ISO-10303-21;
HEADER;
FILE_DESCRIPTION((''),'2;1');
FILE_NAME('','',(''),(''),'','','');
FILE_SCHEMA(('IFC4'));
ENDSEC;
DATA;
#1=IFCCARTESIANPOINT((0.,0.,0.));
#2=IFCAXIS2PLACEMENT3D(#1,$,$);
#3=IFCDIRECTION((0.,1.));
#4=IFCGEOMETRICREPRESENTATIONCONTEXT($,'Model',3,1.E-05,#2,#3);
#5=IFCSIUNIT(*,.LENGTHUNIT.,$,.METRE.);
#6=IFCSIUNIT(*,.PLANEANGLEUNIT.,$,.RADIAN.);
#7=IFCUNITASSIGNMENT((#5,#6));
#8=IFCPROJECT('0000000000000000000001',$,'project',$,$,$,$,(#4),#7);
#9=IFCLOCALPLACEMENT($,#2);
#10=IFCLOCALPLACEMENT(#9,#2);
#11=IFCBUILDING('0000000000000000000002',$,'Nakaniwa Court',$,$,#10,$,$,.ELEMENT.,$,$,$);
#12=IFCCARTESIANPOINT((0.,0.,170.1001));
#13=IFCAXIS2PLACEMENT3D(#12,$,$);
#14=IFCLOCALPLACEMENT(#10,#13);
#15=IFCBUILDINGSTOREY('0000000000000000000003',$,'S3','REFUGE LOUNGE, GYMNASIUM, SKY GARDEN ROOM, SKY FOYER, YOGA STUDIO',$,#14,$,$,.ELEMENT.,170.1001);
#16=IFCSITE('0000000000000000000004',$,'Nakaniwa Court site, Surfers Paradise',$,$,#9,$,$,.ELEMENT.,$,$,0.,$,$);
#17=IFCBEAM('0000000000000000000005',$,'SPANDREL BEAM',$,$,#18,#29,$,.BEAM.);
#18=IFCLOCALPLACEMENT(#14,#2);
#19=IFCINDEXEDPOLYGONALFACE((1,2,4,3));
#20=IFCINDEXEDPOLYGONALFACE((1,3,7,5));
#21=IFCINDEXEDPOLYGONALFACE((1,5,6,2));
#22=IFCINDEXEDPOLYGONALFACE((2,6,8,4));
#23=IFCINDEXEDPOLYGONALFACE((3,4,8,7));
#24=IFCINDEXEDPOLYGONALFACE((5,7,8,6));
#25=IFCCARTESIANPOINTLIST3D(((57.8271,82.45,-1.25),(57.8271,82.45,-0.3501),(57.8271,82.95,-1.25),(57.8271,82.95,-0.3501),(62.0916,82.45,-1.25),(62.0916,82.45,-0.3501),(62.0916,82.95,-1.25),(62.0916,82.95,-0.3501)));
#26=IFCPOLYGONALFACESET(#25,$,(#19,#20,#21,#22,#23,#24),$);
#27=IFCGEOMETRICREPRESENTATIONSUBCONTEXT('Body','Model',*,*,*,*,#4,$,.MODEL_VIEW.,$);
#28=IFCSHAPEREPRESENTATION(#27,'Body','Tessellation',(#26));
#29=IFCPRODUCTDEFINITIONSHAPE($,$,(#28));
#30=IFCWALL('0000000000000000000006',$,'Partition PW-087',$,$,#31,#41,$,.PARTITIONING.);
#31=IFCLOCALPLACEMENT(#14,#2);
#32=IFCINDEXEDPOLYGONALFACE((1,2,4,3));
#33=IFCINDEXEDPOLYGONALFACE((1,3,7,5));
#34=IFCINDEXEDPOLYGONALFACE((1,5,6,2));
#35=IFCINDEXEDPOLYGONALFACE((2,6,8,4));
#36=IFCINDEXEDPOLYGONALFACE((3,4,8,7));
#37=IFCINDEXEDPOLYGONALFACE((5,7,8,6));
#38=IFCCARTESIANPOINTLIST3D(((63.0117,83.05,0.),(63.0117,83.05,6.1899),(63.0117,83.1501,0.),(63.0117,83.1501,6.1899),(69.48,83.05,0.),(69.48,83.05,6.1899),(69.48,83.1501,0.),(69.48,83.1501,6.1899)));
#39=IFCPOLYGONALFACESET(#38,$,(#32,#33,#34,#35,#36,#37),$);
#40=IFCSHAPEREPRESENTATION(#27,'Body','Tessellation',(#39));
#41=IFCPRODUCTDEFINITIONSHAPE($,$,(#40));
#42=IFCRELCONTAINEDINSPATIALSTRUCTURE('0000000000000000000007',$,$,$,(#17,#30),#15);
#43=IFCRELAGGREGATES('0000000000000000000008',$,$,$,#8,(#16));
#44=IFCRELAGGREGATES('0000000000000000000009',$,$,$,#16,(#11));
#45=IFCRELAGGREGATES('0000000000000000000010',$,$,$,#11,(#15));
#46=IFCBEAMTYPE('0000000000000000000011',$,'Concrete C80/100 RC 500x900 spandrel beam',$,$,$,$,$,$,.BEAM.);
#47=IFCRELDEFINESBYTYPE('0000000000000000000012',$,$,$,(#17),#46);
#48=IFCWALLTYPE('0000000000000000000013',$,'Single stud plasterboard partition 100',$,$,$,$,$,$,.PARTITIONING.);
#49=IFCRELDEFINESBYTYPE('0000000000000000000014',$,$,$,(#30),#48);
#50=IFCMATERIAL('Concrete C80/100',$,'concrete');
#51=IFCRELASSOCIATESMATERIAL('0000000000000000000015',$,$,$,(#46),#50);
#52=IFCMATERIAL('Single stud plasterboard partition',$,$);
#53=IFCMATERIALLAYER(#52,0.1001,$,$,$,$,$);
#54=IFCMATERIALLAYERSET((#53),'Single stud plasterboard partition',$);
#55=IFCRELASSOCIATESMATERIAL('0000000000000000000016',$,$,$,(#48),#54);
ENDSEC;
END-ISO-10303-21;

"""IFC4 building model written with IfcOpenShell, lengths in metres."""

from ifc_helpers import new_model, si_unit, direction, frame, frame_2d, origin, origin_2d, place, context, subcontext, project, spatial, rectangle, extrude, material, layer, layer_set, material_profile, profile_set, type_object, element, save


model = new_model("IFC4")

# Units and contexts
model_context = context("Model", 3, precision=1e-05, world=origin(), true_north=direction((0.0, 1.0)))
body_context = subcontext(model_context, "Body", "Model", "MODEL_VIEW")
ifc_project = project(units=[si_unit("LENGTHUNIT", "METRE"), si_unit("PLANEANGLEUNIT", "RADIAN")], contexts=[model_context])

# Site, building, storey
site_placement = place(None, origin())
site = spatial("IfcSite", under=ifc_project, at=site_placement, Name="Nakaniwa Court site, Surfers Paradise", CompositionType="ELEMENT", RefElevation=0.0)
building_placement = place(site_placement, origin())
building = spatial("IfcBuilding", under=site, at=building_placement, Name="Nakaniwa Court", CompositionType="ELEMENT")
storey_placement = place(building_placement, frame((0.0, 0.0, 170.1001)))
storey = spatial("IfcBuildingStorey", under=building, at=storey_placement, Name="S3", Description="REFUGE LOUNGE, GYMNASIUM, SKY GARDEN ROOM, SKY FOYER, YOGA STUDIO", CompositionType="ELEMENT", Elevation=170.1001)

# Shared definitions
ifc_material_1 = material(Name="Concrete C80/100", Category="concrete")

# Beam
ifc_material_profile_1 = material_profile(ifc_material_1, rectangle(XDim=0.5, YDim=0.8999, at=origin_2d()), Name="Concrete C80/100 RC 500x900 spandrel beam")
ifc_profile_set_1 = profile_set([ifc_material_profile_1], Name="Concrete C80/100")
beam_type = type_object("IfcBeamType", Name="Concrete C80/100 RC 500x900 spandrel beam", PredefinedType="BEAM", material=ifc_profile_set_1)
beam_1_placement = place(storey_placement, frame((57.8271, 82.7, -0.8), z_axis=(1.0, 0.0, 0.0), x_axis=(0.0, 1.0, 0.0)))
element("IfcBeam", 1, at=beam_1_placement, inside=storey, type_object=beam_type, Name="SPANDREL BEAM", PredefinedType="BEAM", context=body_context, shape_type="SweptSolid", body=[
    extrude(rectangle(XDim=0.5, YDim=0.8999, at=origin_2d()), origin(), (0.0, 0.0, 1.0), 4.2644),
])

# Wall
ifc_material_2 = material(Name="Single stud plasterboard partition")
ifc_layer_1 = layer(ifc_material_2, 0.1001)
ifc_layer_set_1 = layer_set([ifc_layer_1], Name="Single stud plasterboard partition")
wall_type = type_object("IfcWallType", Name="Single stud plasterboard partition 100", PredefinedType="PARTITIONING", material=ifc_layer_set_1)
wall_placement = place(storey_placement, frame((63.0117, 83.1001, 0.0), z_axis=(0.0, 0.0, 1.0), x_axis=(1.0, 0.0, 0.0)))
element("IfcWall", 2, at=wall_placement, inside=storey, type_object=wall_type, Name="Partition PW-087", PredefinedType="PARTITIONING", context=body_context, shape_type="SweptSolid", body=[
    extrude(rectangle(XDim=6.4683, YDim=0.1001, at=frame_2d((3.2341, 0.0))), origin(), (0.0, 0.0, 1.0), 6.1899),
])

save(model, "model.ifc")
